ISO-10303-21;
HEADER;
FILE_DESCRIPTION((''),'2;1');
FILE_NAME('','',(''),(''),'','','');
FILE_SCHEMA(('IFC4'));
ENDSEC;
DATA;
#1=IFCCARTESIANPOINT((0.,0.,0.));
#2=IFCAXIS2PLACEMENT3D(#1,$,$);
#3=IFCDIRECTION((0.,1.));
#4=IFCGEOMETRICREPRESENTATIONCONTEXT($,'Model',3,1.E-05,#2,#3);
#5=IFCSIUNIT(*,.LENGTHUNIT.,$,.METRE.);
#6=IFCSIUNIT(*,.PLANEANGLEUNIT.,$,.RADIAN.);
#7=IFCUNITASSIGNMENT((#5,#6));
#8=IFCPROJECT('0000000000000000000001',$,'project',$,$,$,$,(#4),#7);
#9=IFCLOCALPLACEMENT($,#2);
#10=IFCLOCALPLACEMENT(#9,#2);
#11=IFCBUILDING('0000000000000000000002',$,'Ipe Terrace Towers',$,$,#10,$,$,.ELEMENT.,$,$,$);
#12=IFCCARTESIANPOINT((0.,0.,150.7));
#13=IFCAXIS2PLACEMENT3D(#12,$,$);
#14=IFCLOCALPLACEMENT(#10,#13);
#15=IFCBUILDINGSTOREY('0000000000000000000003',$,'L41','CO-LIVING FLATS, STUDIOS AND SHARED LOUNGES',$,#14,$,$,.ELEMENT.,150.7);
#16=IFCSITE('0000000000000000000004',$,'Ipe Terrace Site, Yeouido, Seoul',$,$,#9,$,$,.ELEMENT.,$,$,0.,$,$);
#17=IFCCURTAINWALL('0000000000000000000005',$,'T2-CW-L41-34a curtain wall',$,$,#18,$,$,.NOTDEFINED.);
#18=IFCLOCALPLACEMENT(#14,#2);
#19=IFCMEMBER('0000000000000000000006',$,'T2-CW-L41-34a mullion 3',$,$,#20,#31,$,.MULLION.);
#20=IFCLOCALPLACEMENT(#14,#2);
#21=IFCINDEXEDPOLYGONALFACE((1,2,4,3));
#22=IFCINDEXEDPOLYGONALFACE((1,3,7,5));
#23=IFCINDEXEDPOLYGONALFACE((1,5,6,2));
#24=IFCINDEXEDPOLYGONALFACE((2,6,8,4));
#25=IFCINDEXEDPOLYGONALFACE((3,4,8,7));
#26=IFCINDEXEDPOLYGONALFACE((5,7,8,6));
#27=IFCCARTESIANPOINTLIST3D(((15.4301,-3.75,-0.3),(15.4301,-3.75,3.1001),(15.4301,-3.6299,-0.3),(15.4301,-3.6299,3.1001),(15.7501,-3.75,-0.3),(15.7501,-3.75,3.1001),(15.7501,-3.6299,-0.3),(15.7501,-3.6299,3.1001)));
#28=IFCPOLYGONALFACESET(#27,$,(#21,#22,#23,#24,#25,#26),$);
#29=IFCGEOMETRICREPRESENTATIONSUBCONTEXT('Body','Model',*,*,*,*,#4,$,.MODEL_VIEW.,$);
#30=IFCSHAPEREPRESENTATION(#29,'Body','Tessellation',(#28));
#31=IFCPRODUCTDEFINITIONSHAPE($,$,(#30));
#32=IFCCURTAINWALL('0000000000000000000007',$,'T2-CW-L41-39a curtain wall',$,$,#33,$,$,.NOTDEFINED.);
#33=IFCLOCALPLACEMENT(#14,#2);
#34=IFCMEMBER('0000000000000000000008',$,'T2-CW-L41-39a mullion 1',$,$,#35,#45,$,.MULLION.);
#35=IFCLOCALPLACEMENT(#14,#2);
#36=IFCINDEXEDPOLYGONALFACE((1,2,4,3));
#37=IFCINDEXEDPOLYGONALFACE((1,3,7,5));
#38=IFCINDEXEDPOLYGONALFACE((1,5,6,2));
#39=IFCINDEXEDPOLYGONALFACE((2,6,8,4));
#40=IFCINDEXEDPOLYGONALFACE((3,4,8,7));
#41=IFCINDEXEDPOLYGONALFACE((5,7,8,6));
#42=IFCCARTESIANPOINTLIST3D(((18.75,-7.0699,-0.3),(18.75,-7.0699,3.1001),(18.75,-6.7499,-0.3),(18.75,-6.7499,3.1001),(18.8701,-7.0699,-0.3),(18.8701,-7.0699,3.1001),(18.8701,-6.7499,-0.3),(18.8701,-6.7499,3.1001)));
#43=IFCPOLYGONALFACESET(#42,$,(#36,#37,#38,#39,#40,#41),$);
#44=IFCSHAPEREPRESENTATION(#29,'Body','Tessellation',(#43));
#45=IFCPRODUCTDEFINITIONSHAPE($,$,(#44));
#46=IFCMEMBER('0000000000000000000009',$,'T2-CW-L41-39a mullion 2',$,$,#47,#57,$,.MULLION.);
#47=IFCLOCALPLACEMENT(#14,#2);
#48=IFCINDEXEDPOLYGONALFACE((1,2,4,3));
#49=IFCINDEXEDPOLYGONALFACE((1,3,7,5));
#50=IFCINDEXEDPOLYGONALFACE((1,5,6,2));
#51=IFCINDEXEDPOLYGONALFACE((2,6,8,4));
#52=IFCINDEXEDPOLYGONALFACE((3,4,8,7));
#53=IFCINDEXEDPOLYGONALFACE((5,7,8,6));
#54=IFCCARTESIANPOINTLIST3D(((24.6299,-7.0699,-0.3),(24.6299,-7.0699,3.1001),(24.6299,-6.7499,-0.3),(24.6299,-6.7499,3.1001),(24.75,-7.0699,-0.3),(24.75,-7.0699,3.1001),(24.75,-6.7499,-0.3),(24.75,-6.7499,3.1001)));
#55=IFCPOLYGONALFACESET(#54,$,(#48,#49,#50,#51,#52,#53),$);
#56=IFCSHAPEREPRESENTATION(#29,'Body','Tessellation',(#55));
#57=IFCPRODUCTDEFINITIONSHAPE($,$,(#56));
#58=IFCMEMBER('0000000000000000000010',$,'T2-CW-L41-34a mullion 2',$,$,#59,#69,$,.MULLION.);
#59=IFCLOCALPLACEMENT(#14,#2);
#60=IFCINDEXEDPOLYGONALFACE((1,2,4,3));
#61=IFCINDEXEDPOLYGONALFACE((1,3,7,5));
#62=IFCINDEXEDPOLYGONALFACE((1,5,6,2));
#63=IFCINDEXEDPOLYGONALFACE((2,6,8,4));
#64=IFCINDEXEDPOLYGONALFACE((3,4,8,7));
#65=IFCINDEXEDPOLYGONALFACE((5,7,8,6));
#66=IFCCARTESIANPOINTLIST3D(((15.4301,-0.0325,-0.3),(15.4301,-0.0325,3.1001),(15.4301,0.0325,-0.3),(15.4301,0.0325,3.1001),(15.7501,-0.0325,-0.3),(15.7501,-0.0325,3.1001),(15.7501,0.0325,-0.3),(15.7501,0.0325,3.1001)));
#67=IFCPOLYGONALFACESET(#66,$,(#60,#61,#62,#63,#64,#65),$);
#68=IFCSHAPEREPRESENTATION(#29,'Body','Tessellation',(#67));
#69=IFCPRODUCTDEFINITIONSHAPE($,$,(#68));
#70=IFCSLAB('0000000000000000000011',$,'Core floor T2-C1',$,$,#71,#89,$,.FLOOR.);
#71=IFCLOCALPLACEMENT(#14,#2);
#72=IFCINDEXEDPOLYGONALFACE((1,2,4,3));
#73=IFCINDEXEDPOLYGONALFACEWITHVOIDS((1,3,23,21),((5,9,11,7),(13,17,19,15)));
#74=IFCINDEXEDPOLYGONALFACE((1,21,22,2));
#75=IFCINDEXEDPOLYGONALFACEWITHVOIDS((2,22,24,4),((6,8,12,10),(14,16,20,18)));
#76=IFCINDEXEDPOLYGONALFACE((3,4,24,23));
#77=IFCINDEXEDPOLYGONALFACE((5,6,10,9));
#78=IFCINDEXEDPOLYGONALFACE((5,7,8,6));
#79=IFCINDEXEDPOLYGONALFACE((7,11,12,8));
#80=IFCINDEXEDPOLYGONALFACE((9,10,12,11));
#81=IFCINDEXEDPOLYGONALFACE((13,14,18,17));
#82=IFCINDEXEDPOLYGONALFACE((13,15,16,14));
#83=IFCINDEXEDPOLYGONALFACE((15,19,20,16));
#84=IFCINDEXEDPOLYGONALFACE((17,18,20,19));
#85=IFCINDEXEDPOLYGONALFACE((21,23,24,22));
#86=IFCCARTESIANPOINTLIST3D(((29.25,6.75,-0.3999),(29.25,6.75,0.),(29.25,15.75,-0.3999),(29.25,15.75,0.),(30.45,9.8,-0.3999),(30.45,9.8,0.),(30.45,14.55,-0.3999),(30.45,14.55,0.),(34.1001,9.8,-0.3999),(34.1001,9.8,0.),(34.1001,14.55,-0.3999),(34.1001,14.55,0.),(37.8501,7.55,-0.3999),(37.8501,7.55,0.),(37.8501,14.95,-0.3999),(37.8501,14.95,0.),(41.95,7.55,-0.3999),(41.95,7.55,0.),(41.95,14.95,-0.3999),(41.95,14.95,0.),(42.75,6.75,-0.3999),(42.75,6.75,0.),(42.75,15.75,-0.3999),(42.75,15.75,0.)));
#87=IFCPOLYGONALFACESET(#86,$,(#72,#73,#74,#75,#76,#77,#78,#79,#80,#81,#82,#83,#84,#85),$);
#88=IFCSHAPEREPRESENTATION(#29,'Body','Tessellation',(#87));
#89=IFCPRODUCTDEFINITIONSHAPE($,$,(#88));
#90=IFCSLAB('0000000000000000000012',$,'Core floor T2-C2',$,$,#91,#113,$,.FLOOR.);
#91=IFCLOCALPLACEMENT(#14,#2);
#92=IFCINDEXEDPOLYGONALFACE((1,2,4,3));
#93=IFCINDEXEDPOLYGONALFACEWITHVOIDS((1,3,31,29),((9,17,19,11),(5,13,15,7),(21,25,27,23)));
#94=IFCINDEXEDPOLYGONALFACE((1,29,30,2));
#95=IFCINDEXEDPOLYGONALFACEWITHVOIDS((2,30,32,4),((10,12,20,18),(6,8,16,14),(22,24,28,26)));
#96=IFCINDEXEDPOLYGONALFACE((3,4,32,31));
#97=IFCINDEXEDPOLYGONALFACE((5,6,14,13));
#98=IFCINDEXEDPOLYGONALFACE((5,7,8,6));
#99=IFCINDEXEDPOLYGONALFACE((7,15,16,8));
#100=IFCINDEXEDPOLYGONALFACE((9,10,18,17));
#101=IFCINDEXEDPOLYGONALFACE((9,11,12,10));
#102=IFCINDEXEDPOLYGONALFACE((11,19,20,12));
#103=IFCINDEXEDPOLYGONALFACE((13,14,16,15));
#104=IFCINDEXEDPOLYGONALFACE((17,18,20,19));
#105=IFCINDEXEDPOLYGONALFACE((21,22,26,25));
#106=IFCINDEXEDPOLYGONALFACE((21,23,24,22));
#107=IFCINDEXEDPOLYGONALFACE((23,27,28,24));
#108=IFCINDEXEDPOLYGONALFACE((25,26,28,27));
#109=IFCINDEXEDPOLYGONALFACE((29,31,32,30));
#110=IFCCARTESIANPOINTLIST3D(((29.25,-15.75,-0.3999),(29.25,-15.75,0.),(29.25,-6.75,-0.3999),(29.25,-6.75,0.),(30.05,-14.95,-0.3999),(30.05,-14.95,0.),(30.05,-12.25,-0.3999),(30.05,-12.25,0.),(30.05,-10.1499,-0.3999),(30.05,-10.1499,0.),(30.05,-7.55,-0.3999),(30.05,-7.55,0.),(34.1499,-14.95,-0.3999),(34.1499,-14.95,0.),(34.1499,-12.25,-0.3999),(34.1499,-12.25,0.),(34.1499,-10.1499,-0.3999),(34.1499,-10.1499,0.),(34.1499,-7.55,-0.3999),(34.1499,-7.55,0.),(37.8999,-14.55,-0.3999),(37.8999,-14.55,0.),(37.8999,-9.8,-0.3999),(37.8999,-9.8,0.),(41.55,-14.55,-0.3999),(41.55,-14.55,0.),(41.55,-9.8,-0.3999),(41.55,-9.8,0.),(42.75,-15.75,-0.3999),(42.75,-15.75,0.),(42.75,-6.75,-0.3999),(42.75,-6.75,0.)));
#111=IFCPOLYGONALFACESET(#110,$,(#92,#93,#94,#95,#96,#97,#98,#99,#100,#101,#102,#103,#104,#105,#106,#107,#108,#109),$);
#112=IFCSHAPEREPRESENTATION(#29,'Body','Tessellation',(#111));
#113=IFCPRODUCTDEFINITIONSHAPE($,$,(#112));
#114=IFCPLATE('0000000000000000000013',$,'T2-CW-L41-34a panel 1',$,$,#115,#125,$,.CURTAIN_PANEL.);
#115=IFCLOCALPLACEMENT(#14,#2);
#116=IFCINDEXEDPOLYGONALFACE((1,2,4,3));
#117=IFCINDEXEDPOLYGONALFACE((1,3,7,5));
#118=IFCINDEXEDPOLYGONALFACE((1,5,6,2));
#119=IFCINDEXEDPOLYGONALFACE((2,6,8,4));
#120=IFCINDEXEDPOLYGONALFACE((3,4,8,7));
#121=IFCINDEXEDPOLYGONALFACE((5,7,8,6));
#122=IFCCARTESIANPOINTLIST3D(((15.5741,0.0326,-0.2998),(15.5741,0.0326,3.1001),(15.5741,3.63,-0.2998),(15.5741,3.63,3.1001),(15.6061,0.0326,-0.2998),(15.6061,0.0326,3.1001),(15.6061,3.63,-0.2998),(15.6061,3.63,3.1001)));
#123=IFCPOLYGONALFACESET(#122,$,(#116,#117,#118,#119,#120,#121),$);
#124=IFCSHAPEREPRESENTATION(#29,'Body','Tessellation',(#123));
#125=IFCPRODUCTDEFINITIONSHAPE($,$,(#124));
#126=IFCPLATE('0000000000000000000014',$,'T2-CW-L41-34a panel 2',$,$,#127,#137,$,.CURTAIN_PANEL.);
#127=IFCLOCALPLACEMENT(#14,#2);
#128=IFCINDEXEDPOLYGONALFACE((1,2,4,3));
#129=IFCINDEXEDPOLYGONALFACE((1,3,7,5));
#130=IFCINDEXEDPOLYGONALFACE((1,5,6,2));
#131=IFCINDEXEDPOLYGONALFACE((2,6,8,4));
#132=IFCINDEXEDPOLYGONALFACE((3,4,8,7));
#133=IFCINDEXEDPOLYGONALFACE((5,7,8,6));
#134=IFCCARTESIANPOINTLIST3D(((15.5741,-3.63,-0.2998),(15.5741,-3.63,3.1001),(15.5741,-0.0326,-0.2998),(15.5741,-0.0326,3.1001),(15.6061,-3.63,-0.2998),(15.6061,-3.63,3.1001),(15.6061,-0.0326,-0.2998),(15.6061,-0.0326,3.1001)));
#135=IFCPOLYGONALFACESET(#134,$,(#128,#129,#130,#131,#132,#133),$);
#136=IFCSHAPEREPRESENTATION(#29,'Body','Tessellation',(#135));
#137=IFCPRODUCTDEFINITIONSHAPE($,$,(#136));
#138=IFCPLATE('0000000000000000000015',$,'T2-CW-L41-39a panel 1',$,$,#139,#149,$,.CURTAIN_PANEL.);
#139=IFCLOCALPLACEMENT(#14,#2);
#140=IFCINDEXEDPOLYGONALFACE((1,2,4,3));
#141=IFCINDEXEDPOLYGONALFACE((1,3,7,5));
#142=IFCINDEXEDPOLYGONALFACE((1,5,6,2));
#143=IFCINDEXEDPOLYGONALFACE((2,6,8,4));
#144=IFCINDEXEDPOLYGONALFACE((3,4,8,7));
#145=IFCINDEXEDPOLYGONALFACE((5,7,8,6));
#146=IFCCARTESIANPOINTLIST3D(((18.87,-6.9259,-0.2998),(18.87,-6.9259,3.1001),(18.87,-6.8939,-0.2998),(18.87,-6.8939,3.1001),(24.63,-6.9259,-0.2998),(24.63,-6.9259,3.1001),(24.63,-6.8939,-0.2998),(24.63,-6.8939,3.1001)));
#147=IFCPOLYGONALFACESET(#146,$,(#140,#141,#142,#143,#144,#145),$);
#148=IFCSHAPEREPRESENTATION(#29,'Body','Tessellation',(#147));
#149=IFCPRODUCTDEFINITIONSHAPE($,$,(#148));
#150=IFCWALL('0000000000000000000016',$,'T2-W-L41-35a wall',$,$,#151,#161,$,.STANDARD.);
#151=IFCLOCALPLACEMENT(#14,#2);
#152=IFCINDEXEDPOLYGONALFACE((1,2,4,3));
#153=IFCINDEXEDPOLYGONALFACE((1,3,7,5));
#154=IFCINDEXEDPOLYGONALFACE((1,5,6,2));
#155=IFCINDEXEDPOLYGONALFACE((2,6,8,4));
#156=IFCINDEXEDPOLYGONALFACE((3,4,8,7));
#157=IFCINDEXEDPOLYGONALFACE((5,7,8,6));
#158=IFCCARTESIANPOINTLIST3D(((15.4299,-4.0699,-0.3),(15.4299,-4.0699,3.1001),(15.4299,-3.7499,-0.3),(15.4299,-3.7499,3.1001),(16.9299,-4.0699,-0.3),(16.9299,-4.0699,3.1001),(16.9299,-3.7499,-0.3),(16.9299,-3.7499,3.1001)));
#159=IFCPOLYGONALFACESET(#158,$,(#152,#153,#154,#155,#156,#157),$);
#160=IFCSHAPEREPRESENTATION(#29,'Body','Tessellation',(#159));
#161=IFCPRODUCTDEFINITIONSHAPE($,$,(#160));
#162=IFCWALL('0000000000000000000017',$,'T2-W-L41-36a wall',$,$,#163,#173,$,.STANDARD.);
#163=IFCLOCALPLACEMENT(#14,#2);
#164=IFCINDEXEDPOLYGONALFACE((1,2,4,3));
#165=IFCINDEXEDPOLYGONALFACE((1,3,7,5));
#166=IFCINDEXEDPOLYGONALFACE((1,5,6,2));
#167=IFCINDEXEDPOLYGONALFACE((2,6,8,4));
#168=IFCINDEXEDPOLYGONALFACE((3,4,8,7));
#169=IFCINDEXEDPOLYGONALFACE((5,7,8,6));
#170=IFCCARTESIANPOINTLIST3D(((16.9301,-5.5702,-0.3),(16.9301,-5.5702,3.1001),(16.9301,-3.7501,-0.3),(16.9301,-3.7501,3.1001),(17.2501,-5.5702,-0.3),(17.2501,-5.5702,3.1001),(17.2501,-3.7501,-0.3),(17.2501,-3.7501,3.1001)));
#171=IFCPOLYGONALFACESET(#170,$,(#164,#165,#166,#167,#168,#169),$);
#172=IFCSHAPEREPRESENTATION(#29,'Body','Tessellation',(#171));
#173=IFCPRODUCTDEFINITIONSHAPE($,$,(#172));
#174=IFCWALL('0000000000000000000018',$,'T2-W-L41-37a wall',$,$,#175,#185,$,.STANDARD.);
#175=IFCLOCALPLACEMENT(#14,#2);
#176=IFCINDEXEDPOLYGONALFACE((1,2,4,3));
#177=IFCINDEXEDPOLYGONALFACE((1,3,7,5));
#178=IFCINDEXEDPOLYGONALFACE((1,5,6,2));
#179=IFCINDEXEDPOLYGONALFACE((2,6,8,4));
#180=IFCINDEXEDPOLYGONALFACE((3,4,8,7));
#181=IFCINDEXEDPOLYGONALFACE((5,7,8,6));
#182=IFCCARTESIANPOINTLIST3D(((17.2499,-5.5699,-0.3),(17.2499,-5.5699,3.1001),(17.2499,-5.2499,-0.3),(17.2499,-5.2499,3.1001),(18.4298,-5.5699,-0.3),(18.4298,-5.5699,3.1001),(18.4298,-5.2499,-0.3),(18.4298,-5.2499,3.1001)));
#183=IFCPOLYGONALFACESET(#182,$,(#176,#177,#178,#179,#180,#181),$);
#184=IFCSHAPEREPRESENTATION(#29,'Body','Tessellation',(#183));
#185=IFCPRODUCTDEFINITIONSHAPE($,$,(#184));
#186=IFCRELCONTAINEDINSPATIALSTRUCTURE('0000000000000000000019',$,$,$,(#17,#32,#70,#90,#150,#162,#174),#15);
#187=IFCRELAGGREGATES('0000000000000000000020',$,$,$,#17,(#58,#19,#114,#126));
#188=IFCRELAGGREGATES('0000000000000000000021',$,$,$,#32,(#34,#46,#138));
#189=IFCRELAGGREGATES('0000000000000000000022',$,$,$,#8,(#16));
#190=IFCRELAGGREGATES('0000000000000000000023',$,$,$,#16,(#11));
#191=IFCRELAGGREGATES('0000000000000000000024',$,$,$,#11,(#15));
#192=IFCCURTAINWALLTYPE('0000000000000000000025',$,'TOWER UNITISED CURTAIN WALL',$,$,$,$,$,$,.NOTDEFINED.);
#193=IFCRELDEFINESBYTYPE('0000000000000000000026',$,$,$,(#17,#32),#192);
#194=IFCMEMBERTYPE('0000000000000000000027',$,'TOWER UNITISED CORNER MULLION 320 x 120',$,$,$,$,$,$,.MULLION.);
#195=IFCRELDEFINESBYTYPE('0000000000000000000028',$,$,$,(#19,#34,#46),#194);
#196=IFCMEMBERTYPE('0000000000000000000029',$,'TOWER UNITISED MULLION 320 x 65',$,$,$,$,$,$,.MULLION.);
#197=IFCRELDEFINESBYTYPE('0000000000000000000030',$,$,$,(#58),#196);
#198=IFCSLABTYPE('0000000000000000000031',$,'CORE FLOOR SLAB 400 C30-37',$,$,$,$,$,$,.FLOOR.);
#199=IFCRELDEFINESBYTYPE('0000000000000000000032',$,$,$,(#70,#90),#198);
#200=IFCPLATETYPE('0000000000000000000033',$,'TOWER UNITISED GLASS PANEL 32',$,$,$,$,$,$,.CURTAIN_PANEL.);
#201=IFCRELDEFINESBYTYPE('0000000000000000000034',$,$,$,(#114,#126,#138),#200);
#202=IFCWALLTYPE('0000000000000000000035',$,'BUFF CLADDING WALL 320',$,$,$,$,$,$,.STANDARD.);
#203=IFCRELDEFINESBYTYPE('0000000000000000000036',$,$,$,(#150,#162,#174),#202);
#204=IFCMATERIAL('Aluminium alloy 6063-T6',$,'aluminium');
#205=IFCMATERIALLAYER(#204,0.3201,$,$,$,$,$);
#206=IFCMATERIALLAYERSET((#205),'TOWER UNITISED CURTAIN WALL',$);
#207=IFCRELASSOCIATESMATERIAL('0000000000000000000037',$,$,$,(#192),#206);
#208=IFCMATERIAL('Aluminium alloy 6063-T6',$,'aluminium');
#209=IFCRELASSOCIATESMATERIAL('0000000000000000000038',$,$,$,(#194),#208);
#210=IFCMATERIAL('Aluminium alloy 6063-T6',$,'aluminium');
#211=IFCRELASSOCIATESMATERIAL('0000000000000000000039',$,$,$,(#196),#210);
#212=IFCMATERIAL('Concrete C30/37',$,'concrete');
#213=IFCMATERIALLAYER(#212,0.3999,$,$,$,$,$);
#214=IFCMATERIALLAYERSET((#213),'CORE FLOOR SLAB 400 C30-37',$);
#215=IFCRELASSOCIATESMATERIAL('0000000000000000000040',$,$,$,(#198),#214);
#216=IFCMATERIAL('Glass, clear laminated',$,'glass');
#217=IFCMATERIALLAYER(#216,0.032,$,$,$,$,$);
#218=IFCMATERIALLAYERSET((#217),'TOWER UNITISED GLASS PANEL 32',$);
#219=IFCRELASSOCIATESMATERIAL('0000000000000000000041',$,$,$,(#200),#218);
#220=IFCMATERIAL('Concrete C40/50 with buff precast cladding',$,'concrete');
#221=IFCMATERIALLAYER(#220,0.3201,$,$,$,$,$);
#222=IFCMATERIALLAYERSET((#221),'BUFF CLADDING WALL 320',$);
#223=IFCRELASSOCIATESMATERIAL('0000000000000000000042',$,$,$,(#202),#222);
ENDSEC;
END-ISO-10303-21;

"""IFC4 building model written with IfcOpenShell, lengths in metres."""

from ifc_helpers import new_model, si_unit, direction, frame, frame_2d, origin, origin_2d, place, context, subcontext, project, spatial, polyline, rectangle, outline, extrude, material, layer, layer_set, material_profile, profile_set, type_object, element, aggregate, save


model = new_model("IFC4")

# Units and contexts
model_context = context("Model", 3, precision=1e-05, world=origin(), true_north=direction((0.0, 1.0)))
body_context = subcontext(model_context, "Body", "Model", "MODEL_VIEW")
ifc_project = project(units=[si_unit("LENGTHUNIT", "METRE"), si_unit("PLANEANGLEUNIT", "RADIAN")], contexts=[model_context])

# Site, building, storey
site_placement = place(None, origin())
site = spatial("IfcSite", under=ifc_project, at=site_placement, Name="Ipe Terrace Site, Yeouido, Seoul", CompositionType="ELEMENT", RefElevation=0.0)
building_placement = place(site_placement, origin())
building = spatial("IfcBuilding", under=site, at=building_placement, Name="Ipe Terrace Towers", CompositionType="ELEMENT")
storey_placement = place(building_placement, frame((0.0, 0.0, 150.7)))
storey = spatial("IfcBuildingStorey", under=building, at=storey_placement, Name="L41", Description="CO-LIVING FLATS, STUDIOS AND SHARED LOUNGES", CompositionType="ELEMENT", Elevation=150.7)

# Curtain wall, member
ifc_material_1 = material(Name="Aluminium alloy 6063-T6", Category="aluminium")
ifc_layer_1 = layer(ifc_material_1, 0.3201)
ifc_layer_set_1 = layer_set([ifc_layer_1], Name="TOWER UNITISED CURTAIN WALL")
curtain_wall_type = type_object("IfcCurtainWallType", Name="TOWER UNITISED CURTAIN WALL", PredefinedType="NOTDEFINED", material=ifc_layer_set_1)
curtain_wall_1_placement = place(storey_placement, origin())
curtain_wall_1 = element("IfcCurtainWall", 1, at=curtain_wall_1_placement, inside=storey, type_object=curtain_wall_type, Name="T2-CW-L41-34a curtain wall", PredefinedType="NOTDEFINED")
ifc_material_2 = material(Name="Aluminium alloy 6063-T6", Category="aluminium")
ifc_material_profile_1 = material_profile(ifc_material_2, rectangle(XDim=0.3201, YDim=0.1201, at=origin_2d()), Name="TOWER UNITISED CORNER MULLION 320 x 120")
ifc_profile_set_1 = profile_set([ifc_material_profile_1], Name="Aluminium alloy 6063-T6")
member_type_1 = type_object("IfcMemberType", Name="TOWER UNITISED CORNER MULLION 320 x 120", PredefinedType="MULLION", material=ifc_profile_set_1)
member_1_placement = place(storey_placement, frame((15.5901, -3.6899, -0.3), z_axis=(0.0, 0.0, 1.0), x_axis=(-1.0, 0.0, 0.0)))
member_1 = element("IfcMember", 2, at=member_1_placement, type_object=member_type_1, Name="T2-CW-L41-34a mullion 3", PredefinedType="MULLION", context=body_context, shape_type="SweptSolid", body=[
    extrude(rectangle(XDim=0.3201, YDim=0.1201, at=origin_2d()), origin(), (0.0, 0.0, 1.0), 3.4001),
])

# Curtain wall, members
curtain_wall_2_placement = place(storey_placement, origin())
curtain_wall_2 = element("IfcCurtainWall", 3, at=curtain_wall_2_placement, inside=storey, type_object=curtain_wall_type, Name="T2-CW-L41-39a curtain wall", PredefinedType="NOTDEFINED")
member_2_placement = place(storey_placement, frame((18.8101, -6.9099, -0.3), z_axis=(0.0, 0.0, 1.0), x_axis=(0.0, -1.0, 0.0)))
member_2 = element("IfcMember", 4, at=member_2_placement, type_object=member_type_1, Name="T2-CW-L41-39a mullion 1", PredefinedType="MULLION", context=body_context, shape_type="SweptSolid", body=[
    extrude(rectangle(XDim=0.3201, YDim=0.1201, at=origin_2d()), origin(), (0.0, 0.0, 1.0), 3.4001),
])
member_3_placement = place(storey_placement, frame((24.6899, -6.9099, -0.3), z_axis=(0.0, 0.0, 1.0), x_axis=(0.0, -1.0, 0.0)))
member_3 = element("IfcMember", 5, at=member_3_placement, type_object=member_type_1, Name="T2-CW-L41-39a mullion 2", PredefinedType="MULLION", context=body_context, shape_type="SweptSolid", body=[
    extrude(rectangle(XDim=0.3201, YDim=0.1201, at=origin_2d()), origin(), (0.0, 0.0, 1.0), 3.4001),
])

# Member
ifc_material_3 = material(Name="Aluminium alloy 6063-T6", Category="aluminium")
ifc_material_profile_2 = material_profile(ifc_material_3, rectangle(XDim=0.3201, YDim=0.0649, at=origin_2d()), Name="TOWER UNITISED MULLION 320 x 65")
ifc_profile_set_2 = profile_set([ifc_material_profile_2], Name="Aluminium alloy 6063-T6")
member_type_2 = type_object("IfcMemberType", Name="TOWER UNITISED MULLION 320 x 65", PredefinedType="MULLION", material=ifc_profile_set_2)
member_4_placement = place(storey_placement, frame((15.5901, 0.0, -0.3), z_axis=(0.0, 0.0, 1.0), x_axis=(-1.0, 0.0, 0.0)))
member_4 = element("IfcMember", 6, at=member_4_placement, type_object=member_type_2, Name="T2-CW-L41-34a mullion 2", PredefinedType="MULLION", context=body_context, shape_type="SweptSolid", body=[
    extrude(rectangle(XDim=0.3201, YDim=0.0649, at=origin_2d()), origin(), (0.0, 0.0, 1.0), 3.4001),
])

# Slabs
ifc_material_4 = material(Name="Concrete C30/37", Category="concrete")
ifc_layer_2 = layer(ifc_material_4, 0.3999)
ifc_layer_set_2 = layer_set([ifc_layer_2], Name="CORE FLOOR SLAB 400 C30-37")
slab_type = type_object("IfcSlabType", Name="CORE FLOOR SLAB 400 C30-37", PredefinedType="FLOOR", material=ifc_layer_set_2)
slab_1_placement = place(storey_placement, frame((0.0, 0.0, -0.3999)))
element("IfcSlab", 7, at=slab_1_placement, inside=storey, type_object=slab_type, Name="Core floor T2-C1", PredefinedType="FLOOR", context=body_context, shape_type="SweptSolid", body=[
    extrude(outline(polyline([(29.25, 6.75), (29.25, 15.75), (42.75, 15.75), (42.75, 6.75), (29.25, 6.75)]), holes=[polyline([(41.95, 7.55), (41.95, 14.95), (37.8501, 14.95), (37.8501, 7.55), (41.95, 7.55)]), polyline([(30.45, 9.8), (34.1001, 9.8), (34.1001, 14.55), (30.45, 14.55), (30.45, 9.8)])]), origin(), (0.0, 0.0, 1.0), 0.3999),
])
slab_2_placement = place(storey_placement, frame((0.0, 0.0, -0.3999)))
element("IfcSlab", 8, at=slab_2_placement, inside=storey, type_object=slab_type, Name="Core floor T2-C2", PredefinedType="FLOOR", context=body_context, shape_type="SweptSolid", body=[
    extrude(outline(polyline([(29.25, -15.75), (29.25, -6.75), (42.75, -6.75), (42.75, -15.75), (29.25, -15.75)]), holes=[polyline([(30.05, -12.25), (30.05, -14.95), (34.1499, -14.95), (34.1499, -12.25), (30.05, -12.25)]), polyline([(41.55, -9.8), (37.8999, -9.8), (37.8999, -14.55), (41.55, -14.55), (41.55, -9.8)]), polyline([(34.1499, -7.55), (30.05, -7.55), (30.05, -10.1499), (34.1499, -10.1499), (34.1499, -7.55)])]), origin(), (0.0, 0.0, 1.0), 0.3999),
])

# Plates
ifc_material_5 = material(Name="Glass, clear laminated", Category="glass")
ifc_layer_3 = layer(ifc_material_5, 0.032)
ifc_layer_set_3 = layer_set([ifc_layer_3], Name="TOWER UNITISED GLASS PANEL 32")
plate_type = type_object("IfcPlateType", Name="TOWER UNITISED GLASS PANEL 32", PredefinedType="CURTAIN_PANEL", material=ifc_layer_set_3)
plate_1_placement = place(storey_placement, frame((15.5901, 1.8313, -0.2998), z_axis=(0.0, 0.0, 1.0), x_axis=(0.0, -1.0, 0.0)))
plate_1 = element("IfcPlate", 9, at=plate_1_placement, type_object=plate_type, Name="T2-CW-L41-34a panel 1", PredefinedType="CURTAIN_PANEL", context=body_context, shape_type="SweptSolid", body=[
    extrude(rectangle(XDim=3.5974, YDim=0.032, at=origin_2d()), origin(), (0.0, 0.0, 1.0), 3.3999),
])
plate_2_placement = place(storey_placement, frame((15.5901, -1.8313, -0.2998), z_axis=(0.0, 0.0, 1.0), x_axis=(0.0, -1.0, 0.0)))
plate_2 = element("IfcPlate", 10, at=plate_2_placement, type_object=plate_type, Name="T2-CW-L41-34a panel 2", PredefinedType="CURTAIN_PANEL", context=body_context, shape_type="SweptSolid", body=[
    extrude(rectangle(XDim=3.5974, YDim=0.032, at=origin_2d()), origin(), (0.0, 0.0, 1.0), 3.3999),
])
aggregate(curtain_wall_1, [member_4, member_1, plate_1, plate_2])
plate_3_placement = place(storey_placement, frame((21.75, -6.9099, -0.2998), z_axis=(0.0, 0.0, 1.0), x_axis=(1.0, 0.0, 0.0)))
plate_3 = element("IfcPlate", 11, at=plate_3_placement, type_object=plate_type, Name="T2-CW-L41-39a panel 1", PredefinedType="CURTAIN_PANEL", context=body_context, shape_type="SweptSolid", body=[
    extrude(rectangle(XDim=5.76, YDim=0.032, at=origin_2d()), origin(), (0.0, 0.0, 1.0), 3.3999),
])
aggregate(curtain_wall_2, [member_2, member_3, plate_3])

# Walls
ifc_material_6 = material(Name="Concrete C40/50 with buff precast cladding", Category="concrete")
ifc_layer_4 = layer(ifc_material_6, 0.3201)
ifc_layer_set_4 = layer_set([ifc_layer_4], Name="BUFF CLADDING WALL 320")
wall_type_1 = type_object("IfcWallType", Name="BUFF CLADDING WALL 320", PredefinedType="STANDARD", material=ifc_layer_set_4)
wall_1_placement = place(storey_placement, frame((15.4299, -3.9099, -0.3), z_axis=(0.0, 0.0, 1.0), x_axis=(1.0, 0.0, 0.0)))
element("IfcWall", 12, at=wall_1_placement, inside=storey, type_object=wall_type_1, Name="T2-W-L41-35a wall", PredefinedType="STANDARD", context=body_context, shape_type="SweptSolid", body=[
    extrude(rectangle(XDim=1.5, YDim=0.3201, at=frame_2d((0.75, 0.0))), origin(), (0.0, 0.0, 1.0), 3.4001),
])
wall_2_placement = place(storey_placement, frame((17.0901, -3.75, -0.3), z_axis=(0.0, 0.0, 1.0), x_axis=(0.0, -1.0, 0.0)))
element("IfcWall", 13, at=wall_2_placement, inside=storey, type_object=wall_type_1, Name="T2-W-L41-36a wall", PredefinedType="STANDARD", context=body_context, shape_type="SweptSolid", body=[
    extrude(rectangle(XDim=1.8201, YDim=0.3201, at=frame_2d((0.9102, 0.0))), origin(), (0.0, 0.0, 1.0), 3.4001),
])
wall_3_placement = place(storey_placement, frame((17.25, -5.4099, -0.3), z_axis=(0.0, 0.0, 1.0), x_axis=(1.0, 0.0, 0.0)))
element("IfcWall", 14, at=wall_3_placement, inside=storey, type_object=wall_type_1, Name="T2-W-L41-37a wall", PredefinedType="STANDARD", context=body_context, shape_type="SweptSolid", body=[
    extrude(rectangle(XDim=1.1799, YDim=0.3201, at=frame_2d((0.5898, 0.0))), origin(), (0.0, 0.0, 1.0), 3.4001),
])

save(model, "model.ifc")
